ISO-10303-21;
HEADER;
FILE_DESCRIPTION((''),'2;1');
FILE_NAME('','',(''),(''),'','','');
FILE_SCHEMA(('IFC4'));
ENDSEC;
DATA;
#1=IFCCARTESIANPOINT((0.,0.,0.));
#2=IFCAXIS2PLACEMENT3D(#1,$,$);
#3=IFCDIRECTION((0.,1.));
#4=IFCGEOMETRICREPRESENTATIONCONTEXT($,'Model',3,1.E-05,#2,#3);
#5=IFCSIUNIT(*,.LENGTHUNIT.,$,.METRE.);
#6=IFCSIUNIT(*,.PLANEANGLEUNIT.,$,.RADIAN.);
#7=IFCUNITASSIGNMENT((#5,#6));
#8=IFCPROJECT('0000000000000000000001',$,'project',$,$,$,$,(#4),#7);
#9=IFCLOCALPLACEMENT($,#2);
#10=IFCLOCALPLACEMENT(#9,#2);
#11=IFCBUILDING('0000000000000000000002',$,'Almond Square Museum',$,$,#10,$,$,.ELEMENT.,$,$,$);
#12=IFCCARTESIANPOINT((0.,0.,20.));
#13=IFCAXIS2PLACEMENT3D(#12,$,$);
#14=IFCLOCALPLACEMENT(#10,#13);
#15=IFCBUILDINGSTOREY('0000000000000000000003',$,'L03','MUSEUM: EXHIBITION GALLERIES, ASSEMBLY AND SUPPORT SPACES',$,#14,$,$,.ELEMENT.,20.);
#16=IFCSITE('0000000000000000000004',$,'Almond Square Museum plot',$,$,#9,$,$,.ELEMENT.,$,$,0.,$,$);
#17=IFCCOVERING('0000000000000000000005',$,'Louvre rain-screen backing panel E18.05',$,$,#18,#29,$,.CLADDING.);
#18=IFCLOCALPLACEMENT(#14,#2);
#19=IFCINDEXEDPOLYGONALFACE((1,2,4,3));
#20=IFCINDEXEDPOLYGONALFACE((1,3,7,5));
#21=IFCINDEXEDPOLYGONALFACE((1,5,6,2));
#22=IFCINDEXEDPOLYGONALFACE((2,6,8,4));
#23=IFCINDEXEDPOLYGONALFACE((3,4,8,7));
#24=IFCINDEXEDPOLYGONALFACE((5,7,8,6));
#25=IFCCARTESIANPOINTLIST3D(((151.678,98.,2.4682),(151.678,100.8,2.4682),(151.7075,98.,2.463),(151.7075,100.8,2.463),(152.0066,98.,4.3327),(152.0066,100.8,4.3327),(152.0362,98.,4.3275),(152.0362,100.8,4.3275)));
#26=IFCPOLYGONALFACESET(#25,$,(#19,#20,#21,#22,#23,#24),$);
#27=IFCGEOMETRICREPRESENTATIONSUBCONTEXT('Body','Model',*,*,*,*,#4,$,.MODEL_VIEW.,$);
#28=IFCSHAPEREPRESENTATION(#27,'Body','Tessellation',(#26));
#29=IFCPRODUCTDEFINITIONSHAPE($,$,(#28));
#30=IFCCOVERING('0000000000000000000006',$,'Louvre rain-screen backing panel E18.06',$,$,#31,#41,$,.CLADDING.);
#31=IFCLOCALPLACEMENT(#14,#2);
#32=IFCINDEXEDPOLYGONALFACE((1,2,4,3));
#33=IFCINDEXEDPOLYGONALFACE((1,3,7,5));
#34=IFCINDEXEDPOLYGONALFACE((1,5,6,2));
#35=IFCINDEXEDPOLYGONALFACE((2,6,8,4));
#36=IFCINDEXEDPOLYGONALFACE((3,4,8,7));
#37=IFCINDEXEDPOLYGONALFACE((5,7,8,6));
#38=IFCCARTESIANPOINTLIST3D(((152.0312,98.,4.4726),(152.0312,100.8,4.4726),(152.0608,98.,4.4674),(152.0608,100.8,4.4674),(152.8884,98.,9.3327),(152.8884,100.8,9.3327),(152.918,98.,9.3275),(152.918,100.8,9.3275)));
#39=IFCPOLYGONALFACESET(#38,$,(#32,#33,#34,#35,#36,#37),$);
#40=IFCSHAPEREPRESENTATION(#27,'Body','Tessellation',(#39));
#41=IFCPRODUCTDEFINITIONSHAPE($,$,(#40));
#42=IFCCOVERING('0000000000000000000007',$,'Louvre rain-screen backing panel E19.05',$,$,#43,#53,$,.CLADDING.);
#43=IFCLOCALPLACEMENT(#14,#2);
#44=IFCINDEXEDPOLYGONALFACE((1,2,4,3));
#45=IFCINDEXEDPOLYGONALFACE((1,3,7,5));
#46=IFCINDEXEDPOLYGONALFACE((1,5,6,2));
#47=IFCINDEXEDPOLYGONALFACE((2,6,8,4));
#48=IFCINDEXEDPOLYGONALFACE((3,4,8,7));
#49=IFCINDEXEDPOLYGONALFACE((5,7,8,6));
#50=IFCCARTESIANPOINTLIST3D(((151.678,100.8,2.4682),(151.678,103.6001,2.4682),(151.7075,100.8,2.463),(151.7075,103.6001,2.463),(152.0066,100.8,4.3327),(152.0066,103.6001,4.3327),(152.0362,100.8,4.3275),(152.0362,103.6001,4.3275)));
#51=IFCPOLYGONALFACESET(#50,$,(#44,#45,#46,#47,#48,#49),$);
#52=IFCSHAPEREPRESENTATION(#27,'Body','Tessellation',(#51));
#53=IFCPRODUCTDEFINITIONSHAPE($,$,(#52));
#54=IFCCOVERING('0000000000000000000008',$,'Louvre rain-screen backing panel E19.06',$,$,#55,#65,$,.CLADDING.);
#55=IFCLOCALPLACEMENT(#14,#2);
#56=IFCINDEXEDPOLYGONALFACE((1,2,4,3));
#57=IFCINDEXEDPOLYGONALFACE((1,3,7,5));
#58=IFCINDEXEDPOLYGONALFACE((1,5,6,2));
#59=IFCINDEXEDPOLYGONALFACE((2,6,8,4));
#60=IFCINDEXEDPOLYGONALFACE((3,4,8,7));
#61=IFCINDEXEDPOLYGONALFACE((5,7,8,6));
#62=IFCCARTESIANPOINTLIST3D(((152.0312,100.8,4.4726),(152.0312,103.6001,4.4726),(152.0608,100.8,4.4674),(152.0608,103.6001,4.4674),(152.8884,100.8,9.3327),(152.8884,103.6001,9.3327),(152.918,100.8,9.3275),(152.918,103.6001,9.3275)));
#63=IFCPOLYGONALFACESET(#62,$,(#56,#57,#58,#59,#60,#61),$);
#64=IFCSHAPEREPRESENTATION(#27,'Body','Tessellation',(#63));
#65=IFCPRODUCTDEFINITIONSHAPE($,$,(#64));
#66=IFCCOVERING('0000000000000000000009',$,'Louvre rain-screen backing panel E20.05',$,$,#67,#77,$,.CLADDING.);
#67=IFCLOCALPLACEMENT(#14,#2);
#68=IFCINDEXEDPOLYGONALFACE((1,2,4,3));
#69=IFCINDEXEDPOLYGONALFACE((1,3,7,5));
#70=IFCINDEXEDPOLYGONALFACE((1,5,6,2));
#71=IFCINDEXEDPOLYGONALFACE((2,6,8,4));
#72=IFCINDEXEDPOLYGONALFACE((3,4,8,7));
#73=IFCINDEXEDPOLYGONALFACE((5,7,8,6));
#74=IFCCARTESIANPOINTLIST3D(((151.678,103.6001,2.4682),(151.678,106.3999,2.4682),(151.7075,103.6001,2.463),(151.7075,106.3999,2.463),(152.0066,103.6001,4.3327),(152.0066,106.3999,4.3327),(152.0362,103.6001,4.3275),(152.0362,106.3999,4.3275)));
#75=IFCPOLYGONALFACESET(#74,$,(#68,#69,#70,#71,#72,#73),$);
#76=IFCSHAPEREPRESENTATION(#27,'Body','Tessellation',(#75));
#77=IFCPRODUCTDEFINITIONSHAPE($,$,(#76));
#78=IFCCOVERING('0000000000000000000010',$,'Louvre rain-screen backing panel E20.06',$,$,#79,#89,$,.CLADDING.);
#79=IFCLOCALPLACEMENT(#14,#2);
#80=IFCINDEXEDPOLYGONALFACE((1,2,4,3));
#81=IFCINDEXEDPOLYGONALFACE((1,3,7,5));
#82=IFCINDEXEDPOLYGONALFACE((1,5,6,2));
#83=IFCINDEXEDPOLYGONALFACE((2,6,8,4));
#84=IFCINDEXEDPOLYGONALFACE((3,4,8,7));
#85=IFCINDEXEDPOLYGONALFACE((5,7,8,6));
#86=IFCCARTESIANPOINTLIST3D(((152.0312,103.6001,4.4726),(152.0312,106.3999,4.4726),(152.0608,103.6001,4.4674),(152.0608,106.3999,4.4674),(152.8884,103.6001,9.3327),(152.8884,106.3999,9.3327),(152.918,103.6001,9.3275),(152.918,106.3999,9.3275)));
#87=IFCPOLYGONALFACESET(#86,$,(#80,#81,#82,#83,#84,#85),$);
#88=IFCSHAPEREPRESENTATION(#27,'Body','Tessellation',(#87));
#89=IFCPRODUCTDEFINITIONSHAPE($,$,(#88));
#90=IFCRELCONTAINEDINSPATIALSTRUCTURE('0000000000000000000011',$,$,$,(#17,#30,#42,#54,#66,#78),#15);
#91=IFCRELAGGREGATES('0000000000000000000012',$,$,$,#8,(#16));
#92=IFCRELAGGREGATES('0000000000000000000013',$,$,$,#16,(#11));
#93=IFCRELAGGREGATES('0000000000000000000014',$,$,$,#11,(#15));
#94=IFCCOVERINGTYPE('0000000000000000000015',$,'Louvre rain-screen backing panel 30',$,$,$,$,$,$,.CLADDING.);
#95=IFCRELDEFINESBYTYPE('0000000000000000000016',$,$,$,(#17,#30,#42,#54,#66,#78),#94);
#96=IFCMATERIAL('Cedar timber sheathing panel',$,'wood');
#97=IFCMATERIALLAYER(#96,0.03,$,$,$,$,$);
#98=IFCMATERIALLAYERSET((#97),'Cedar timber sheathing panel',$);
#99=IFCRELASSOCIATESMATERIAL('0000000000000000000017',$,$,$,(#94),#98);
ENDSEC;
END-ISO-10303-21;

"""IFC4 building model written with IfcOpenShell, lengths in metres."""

from ifc_helpers import new_model, si_unit, direction, frame, origin, place, context, subcontext, project, spatial, polyline, outline, extrude, material, layer, layer_set, type_object, element, save


model = new_model("IFC4")

# Units and contexts
model_context = context("Model", 3, precision=1e-05, world=origin(), true_north=direction((0.0, 1.0)))
body_context = subcontext(model_context, "Body", "Model", "MODEL_VIEW")
ifc_project = project(units=[si_unit("LENGTHUNIT", "METRE"), si_unit("PLANEANGLEUNIT", "RADIAN")], contexts=[model_context])

# Site, building, storey
site_placement = place(None, origin())
site = spatial("IfcSite", under=ifc_project, at=site_placement, Name="Almond Square Museum plot", CompositionType="ELEMENT", RefElevation=0.0)
building_placement = place(site_placement, origin())
building = spatial("IfcBuilding", under=site, at=building_placement, Name="Almond Square Museum", CompositionType="ELEMENT")
storey_placement = place(building_placement, frame((0.0, 0.0, 20.0)))
storey = spatial("IfcBuildingStorey", under=building, at=storey_placement, Name="L03", Description="MUSEUM: EXHIBITION GALLERIES, ASSEMBLY AND SUPPORT SPACES", CompositionType="ELEMENT", Elevation=20.0)

# Coverings
ifc_material_1 = material(Name="Cedar timber sheathing panel", Category="wood")
ifc_layer_1 = layer(ifc_material_1, 0.03)
ifc_layer_set_1 = layer_set([ifc_layer_1], Name="Cedar timber sheathing panel")
covering_type_1 = type_object("IfcCoveringType", Name="Louvre rain-screen backing panel 30", PredefinedType="CLADDING", material=ifc_layer_set_1)
covering_1_placement = place(storey_placement, frame((151.6929, 98.0, 2.4656), z_axis=(0.984821, 0.0, -0.173572), x_axis=(0.0, 1.0, 0.0)))
element("IfcCovering", 1, at=covering_1_placement, inside=storey, type_object=covering_type_1, Name="Louvre rain-screen backing panel E18.05", PredefinedType="CLADDING", context=body_context, shape_type="SweptSolid", body=[
    extrude(outline(polyline([(0.0, 0.0), (2.8, 0.0), (2.8, 1.8932), (0.0, 1.8932), (0.0, 0.0)])), frame((0.0, 0.0, -0.0151)), (0.0, 0.0, 1.0), 0.03),
])
covering_2_placement = place(storey_placement, frame((152.0461, 98.0, 4.47), z_axis=(0.9848, 0.0, -0.173689), x_axis=(0.0, 1.0, 0.0)))
element("IfcCovering", 2, at=covering_2_placement, inside=storey, type_object=covering_type_1, Name="Louvre rain-screen backing panel E18.06", PredefinedType="CLADDING", context=body_context, shape_type="SweptSolid", body=[
    extrude(outline(polyline([(0.0, 0.0), (2.8, 0.0), (2.8, 4.9351), (0.0, 4.9351), (0.0, 0.0)])), frame((0.0, 0.0, -0.0151)), (0.0, 0.0, 1.0), 0.03),
])
covering_3_placement = place(storey_placement, frame((151.6929, 100.8, 2.4656), z_axis=(0.984821, 0.0, -0.173572), x_axis=(0.0, 1.0, 0.0)))
element("IfcCovering", 3, at=covering_3_placement, inside=storey, type_object=covering_type_1, Name="Louvre rain-screen backing panel E19.05", PredefinedType="CLADDING", context=body_context, shape_type="SweptSolid", body=[
    extrude(outline(polyline([(0.0, 0.0), (2.8, 0.0), (2.8, 1.8932), (0.0, 1.8932), (0.0, 0.0)])), frame((0.0, 0.0, -0.0151)), (0.0, 0.0, 1.0), 0.03),
])
covering_4_placement = place(storey_placement, frame((152.0461, 100.8, 4.47), z_axis=(0.9848, 0.0, -0.173689), x_axis=(0.0, 1.0, 0.0)))
element("IfcCovering", 4, at=covering_4_placement, inside=storey, type_object=covering_type_1, Name="Louvre rain-screen backing panel E19.06", PredefinedType="CLADDING", context=body_context, shape_type="SweptSolid", body=[
    extrude(outline(polyline([(0.0, 0.0), (2.8, 0.0), (2.8, 4.9351), (0.0, 4.9351), (0.0, 0.0)])), frame((0.0, 0.0, -0.0151)), (0.0, 0.0, 1.0), 0.03),
])
covering_5_placement = place(storey_placement, frame((151.6929, 103.6001, 2.4656), z_axis=(0.984821, 0.0, -0.173572), x_axis=(0.0, 1.0, 0.0)))
element("IfcCovering", 5, at=covering_5_placement, inside=storey, type_object=covering_type_1, Name="Louvre rain-screen backing panel E20.05", PredefinedType="CLADDING", context=body_context, shape_type="SweptSolid", body=[
    extrude(outline(polyline([(0.0, 0.0), (2.7998, 0.0), (2.7998, 1.8932), (0.0, 1.8932), (0.0, 0.0)])), frame((0.0, 0.0, -0.0151)), (0.0, 0.0, 1.0), 0.03),
])
covering_6_placement = place(storey_placement, frame((152.0461, 103.6001, 4.47), z_axis=(0.9848, 0.0, -0.173689), x_axis=(0.0, 1.0, 0.0)))
element("IfcCovering", 6, at=covering_6_placement, inside=storey, type_object=covering_type_1, Name="Louvre rain-screen backing panel E20.06", PredefinedType="CLADDING", context=body_context, shape_type="SweptSolid", body=[
    extrude(outline(polyline([(0.0, 0.0), (2.7998, 0.0), (2.7998, 4.9351), (0.0, 4.9351), (0.0, 0.0)])), frame((0.0, 0.0, -0.0151)), (0.0, 0.0, 1.0), 0.03),
])

save(model, "model.ifc")
